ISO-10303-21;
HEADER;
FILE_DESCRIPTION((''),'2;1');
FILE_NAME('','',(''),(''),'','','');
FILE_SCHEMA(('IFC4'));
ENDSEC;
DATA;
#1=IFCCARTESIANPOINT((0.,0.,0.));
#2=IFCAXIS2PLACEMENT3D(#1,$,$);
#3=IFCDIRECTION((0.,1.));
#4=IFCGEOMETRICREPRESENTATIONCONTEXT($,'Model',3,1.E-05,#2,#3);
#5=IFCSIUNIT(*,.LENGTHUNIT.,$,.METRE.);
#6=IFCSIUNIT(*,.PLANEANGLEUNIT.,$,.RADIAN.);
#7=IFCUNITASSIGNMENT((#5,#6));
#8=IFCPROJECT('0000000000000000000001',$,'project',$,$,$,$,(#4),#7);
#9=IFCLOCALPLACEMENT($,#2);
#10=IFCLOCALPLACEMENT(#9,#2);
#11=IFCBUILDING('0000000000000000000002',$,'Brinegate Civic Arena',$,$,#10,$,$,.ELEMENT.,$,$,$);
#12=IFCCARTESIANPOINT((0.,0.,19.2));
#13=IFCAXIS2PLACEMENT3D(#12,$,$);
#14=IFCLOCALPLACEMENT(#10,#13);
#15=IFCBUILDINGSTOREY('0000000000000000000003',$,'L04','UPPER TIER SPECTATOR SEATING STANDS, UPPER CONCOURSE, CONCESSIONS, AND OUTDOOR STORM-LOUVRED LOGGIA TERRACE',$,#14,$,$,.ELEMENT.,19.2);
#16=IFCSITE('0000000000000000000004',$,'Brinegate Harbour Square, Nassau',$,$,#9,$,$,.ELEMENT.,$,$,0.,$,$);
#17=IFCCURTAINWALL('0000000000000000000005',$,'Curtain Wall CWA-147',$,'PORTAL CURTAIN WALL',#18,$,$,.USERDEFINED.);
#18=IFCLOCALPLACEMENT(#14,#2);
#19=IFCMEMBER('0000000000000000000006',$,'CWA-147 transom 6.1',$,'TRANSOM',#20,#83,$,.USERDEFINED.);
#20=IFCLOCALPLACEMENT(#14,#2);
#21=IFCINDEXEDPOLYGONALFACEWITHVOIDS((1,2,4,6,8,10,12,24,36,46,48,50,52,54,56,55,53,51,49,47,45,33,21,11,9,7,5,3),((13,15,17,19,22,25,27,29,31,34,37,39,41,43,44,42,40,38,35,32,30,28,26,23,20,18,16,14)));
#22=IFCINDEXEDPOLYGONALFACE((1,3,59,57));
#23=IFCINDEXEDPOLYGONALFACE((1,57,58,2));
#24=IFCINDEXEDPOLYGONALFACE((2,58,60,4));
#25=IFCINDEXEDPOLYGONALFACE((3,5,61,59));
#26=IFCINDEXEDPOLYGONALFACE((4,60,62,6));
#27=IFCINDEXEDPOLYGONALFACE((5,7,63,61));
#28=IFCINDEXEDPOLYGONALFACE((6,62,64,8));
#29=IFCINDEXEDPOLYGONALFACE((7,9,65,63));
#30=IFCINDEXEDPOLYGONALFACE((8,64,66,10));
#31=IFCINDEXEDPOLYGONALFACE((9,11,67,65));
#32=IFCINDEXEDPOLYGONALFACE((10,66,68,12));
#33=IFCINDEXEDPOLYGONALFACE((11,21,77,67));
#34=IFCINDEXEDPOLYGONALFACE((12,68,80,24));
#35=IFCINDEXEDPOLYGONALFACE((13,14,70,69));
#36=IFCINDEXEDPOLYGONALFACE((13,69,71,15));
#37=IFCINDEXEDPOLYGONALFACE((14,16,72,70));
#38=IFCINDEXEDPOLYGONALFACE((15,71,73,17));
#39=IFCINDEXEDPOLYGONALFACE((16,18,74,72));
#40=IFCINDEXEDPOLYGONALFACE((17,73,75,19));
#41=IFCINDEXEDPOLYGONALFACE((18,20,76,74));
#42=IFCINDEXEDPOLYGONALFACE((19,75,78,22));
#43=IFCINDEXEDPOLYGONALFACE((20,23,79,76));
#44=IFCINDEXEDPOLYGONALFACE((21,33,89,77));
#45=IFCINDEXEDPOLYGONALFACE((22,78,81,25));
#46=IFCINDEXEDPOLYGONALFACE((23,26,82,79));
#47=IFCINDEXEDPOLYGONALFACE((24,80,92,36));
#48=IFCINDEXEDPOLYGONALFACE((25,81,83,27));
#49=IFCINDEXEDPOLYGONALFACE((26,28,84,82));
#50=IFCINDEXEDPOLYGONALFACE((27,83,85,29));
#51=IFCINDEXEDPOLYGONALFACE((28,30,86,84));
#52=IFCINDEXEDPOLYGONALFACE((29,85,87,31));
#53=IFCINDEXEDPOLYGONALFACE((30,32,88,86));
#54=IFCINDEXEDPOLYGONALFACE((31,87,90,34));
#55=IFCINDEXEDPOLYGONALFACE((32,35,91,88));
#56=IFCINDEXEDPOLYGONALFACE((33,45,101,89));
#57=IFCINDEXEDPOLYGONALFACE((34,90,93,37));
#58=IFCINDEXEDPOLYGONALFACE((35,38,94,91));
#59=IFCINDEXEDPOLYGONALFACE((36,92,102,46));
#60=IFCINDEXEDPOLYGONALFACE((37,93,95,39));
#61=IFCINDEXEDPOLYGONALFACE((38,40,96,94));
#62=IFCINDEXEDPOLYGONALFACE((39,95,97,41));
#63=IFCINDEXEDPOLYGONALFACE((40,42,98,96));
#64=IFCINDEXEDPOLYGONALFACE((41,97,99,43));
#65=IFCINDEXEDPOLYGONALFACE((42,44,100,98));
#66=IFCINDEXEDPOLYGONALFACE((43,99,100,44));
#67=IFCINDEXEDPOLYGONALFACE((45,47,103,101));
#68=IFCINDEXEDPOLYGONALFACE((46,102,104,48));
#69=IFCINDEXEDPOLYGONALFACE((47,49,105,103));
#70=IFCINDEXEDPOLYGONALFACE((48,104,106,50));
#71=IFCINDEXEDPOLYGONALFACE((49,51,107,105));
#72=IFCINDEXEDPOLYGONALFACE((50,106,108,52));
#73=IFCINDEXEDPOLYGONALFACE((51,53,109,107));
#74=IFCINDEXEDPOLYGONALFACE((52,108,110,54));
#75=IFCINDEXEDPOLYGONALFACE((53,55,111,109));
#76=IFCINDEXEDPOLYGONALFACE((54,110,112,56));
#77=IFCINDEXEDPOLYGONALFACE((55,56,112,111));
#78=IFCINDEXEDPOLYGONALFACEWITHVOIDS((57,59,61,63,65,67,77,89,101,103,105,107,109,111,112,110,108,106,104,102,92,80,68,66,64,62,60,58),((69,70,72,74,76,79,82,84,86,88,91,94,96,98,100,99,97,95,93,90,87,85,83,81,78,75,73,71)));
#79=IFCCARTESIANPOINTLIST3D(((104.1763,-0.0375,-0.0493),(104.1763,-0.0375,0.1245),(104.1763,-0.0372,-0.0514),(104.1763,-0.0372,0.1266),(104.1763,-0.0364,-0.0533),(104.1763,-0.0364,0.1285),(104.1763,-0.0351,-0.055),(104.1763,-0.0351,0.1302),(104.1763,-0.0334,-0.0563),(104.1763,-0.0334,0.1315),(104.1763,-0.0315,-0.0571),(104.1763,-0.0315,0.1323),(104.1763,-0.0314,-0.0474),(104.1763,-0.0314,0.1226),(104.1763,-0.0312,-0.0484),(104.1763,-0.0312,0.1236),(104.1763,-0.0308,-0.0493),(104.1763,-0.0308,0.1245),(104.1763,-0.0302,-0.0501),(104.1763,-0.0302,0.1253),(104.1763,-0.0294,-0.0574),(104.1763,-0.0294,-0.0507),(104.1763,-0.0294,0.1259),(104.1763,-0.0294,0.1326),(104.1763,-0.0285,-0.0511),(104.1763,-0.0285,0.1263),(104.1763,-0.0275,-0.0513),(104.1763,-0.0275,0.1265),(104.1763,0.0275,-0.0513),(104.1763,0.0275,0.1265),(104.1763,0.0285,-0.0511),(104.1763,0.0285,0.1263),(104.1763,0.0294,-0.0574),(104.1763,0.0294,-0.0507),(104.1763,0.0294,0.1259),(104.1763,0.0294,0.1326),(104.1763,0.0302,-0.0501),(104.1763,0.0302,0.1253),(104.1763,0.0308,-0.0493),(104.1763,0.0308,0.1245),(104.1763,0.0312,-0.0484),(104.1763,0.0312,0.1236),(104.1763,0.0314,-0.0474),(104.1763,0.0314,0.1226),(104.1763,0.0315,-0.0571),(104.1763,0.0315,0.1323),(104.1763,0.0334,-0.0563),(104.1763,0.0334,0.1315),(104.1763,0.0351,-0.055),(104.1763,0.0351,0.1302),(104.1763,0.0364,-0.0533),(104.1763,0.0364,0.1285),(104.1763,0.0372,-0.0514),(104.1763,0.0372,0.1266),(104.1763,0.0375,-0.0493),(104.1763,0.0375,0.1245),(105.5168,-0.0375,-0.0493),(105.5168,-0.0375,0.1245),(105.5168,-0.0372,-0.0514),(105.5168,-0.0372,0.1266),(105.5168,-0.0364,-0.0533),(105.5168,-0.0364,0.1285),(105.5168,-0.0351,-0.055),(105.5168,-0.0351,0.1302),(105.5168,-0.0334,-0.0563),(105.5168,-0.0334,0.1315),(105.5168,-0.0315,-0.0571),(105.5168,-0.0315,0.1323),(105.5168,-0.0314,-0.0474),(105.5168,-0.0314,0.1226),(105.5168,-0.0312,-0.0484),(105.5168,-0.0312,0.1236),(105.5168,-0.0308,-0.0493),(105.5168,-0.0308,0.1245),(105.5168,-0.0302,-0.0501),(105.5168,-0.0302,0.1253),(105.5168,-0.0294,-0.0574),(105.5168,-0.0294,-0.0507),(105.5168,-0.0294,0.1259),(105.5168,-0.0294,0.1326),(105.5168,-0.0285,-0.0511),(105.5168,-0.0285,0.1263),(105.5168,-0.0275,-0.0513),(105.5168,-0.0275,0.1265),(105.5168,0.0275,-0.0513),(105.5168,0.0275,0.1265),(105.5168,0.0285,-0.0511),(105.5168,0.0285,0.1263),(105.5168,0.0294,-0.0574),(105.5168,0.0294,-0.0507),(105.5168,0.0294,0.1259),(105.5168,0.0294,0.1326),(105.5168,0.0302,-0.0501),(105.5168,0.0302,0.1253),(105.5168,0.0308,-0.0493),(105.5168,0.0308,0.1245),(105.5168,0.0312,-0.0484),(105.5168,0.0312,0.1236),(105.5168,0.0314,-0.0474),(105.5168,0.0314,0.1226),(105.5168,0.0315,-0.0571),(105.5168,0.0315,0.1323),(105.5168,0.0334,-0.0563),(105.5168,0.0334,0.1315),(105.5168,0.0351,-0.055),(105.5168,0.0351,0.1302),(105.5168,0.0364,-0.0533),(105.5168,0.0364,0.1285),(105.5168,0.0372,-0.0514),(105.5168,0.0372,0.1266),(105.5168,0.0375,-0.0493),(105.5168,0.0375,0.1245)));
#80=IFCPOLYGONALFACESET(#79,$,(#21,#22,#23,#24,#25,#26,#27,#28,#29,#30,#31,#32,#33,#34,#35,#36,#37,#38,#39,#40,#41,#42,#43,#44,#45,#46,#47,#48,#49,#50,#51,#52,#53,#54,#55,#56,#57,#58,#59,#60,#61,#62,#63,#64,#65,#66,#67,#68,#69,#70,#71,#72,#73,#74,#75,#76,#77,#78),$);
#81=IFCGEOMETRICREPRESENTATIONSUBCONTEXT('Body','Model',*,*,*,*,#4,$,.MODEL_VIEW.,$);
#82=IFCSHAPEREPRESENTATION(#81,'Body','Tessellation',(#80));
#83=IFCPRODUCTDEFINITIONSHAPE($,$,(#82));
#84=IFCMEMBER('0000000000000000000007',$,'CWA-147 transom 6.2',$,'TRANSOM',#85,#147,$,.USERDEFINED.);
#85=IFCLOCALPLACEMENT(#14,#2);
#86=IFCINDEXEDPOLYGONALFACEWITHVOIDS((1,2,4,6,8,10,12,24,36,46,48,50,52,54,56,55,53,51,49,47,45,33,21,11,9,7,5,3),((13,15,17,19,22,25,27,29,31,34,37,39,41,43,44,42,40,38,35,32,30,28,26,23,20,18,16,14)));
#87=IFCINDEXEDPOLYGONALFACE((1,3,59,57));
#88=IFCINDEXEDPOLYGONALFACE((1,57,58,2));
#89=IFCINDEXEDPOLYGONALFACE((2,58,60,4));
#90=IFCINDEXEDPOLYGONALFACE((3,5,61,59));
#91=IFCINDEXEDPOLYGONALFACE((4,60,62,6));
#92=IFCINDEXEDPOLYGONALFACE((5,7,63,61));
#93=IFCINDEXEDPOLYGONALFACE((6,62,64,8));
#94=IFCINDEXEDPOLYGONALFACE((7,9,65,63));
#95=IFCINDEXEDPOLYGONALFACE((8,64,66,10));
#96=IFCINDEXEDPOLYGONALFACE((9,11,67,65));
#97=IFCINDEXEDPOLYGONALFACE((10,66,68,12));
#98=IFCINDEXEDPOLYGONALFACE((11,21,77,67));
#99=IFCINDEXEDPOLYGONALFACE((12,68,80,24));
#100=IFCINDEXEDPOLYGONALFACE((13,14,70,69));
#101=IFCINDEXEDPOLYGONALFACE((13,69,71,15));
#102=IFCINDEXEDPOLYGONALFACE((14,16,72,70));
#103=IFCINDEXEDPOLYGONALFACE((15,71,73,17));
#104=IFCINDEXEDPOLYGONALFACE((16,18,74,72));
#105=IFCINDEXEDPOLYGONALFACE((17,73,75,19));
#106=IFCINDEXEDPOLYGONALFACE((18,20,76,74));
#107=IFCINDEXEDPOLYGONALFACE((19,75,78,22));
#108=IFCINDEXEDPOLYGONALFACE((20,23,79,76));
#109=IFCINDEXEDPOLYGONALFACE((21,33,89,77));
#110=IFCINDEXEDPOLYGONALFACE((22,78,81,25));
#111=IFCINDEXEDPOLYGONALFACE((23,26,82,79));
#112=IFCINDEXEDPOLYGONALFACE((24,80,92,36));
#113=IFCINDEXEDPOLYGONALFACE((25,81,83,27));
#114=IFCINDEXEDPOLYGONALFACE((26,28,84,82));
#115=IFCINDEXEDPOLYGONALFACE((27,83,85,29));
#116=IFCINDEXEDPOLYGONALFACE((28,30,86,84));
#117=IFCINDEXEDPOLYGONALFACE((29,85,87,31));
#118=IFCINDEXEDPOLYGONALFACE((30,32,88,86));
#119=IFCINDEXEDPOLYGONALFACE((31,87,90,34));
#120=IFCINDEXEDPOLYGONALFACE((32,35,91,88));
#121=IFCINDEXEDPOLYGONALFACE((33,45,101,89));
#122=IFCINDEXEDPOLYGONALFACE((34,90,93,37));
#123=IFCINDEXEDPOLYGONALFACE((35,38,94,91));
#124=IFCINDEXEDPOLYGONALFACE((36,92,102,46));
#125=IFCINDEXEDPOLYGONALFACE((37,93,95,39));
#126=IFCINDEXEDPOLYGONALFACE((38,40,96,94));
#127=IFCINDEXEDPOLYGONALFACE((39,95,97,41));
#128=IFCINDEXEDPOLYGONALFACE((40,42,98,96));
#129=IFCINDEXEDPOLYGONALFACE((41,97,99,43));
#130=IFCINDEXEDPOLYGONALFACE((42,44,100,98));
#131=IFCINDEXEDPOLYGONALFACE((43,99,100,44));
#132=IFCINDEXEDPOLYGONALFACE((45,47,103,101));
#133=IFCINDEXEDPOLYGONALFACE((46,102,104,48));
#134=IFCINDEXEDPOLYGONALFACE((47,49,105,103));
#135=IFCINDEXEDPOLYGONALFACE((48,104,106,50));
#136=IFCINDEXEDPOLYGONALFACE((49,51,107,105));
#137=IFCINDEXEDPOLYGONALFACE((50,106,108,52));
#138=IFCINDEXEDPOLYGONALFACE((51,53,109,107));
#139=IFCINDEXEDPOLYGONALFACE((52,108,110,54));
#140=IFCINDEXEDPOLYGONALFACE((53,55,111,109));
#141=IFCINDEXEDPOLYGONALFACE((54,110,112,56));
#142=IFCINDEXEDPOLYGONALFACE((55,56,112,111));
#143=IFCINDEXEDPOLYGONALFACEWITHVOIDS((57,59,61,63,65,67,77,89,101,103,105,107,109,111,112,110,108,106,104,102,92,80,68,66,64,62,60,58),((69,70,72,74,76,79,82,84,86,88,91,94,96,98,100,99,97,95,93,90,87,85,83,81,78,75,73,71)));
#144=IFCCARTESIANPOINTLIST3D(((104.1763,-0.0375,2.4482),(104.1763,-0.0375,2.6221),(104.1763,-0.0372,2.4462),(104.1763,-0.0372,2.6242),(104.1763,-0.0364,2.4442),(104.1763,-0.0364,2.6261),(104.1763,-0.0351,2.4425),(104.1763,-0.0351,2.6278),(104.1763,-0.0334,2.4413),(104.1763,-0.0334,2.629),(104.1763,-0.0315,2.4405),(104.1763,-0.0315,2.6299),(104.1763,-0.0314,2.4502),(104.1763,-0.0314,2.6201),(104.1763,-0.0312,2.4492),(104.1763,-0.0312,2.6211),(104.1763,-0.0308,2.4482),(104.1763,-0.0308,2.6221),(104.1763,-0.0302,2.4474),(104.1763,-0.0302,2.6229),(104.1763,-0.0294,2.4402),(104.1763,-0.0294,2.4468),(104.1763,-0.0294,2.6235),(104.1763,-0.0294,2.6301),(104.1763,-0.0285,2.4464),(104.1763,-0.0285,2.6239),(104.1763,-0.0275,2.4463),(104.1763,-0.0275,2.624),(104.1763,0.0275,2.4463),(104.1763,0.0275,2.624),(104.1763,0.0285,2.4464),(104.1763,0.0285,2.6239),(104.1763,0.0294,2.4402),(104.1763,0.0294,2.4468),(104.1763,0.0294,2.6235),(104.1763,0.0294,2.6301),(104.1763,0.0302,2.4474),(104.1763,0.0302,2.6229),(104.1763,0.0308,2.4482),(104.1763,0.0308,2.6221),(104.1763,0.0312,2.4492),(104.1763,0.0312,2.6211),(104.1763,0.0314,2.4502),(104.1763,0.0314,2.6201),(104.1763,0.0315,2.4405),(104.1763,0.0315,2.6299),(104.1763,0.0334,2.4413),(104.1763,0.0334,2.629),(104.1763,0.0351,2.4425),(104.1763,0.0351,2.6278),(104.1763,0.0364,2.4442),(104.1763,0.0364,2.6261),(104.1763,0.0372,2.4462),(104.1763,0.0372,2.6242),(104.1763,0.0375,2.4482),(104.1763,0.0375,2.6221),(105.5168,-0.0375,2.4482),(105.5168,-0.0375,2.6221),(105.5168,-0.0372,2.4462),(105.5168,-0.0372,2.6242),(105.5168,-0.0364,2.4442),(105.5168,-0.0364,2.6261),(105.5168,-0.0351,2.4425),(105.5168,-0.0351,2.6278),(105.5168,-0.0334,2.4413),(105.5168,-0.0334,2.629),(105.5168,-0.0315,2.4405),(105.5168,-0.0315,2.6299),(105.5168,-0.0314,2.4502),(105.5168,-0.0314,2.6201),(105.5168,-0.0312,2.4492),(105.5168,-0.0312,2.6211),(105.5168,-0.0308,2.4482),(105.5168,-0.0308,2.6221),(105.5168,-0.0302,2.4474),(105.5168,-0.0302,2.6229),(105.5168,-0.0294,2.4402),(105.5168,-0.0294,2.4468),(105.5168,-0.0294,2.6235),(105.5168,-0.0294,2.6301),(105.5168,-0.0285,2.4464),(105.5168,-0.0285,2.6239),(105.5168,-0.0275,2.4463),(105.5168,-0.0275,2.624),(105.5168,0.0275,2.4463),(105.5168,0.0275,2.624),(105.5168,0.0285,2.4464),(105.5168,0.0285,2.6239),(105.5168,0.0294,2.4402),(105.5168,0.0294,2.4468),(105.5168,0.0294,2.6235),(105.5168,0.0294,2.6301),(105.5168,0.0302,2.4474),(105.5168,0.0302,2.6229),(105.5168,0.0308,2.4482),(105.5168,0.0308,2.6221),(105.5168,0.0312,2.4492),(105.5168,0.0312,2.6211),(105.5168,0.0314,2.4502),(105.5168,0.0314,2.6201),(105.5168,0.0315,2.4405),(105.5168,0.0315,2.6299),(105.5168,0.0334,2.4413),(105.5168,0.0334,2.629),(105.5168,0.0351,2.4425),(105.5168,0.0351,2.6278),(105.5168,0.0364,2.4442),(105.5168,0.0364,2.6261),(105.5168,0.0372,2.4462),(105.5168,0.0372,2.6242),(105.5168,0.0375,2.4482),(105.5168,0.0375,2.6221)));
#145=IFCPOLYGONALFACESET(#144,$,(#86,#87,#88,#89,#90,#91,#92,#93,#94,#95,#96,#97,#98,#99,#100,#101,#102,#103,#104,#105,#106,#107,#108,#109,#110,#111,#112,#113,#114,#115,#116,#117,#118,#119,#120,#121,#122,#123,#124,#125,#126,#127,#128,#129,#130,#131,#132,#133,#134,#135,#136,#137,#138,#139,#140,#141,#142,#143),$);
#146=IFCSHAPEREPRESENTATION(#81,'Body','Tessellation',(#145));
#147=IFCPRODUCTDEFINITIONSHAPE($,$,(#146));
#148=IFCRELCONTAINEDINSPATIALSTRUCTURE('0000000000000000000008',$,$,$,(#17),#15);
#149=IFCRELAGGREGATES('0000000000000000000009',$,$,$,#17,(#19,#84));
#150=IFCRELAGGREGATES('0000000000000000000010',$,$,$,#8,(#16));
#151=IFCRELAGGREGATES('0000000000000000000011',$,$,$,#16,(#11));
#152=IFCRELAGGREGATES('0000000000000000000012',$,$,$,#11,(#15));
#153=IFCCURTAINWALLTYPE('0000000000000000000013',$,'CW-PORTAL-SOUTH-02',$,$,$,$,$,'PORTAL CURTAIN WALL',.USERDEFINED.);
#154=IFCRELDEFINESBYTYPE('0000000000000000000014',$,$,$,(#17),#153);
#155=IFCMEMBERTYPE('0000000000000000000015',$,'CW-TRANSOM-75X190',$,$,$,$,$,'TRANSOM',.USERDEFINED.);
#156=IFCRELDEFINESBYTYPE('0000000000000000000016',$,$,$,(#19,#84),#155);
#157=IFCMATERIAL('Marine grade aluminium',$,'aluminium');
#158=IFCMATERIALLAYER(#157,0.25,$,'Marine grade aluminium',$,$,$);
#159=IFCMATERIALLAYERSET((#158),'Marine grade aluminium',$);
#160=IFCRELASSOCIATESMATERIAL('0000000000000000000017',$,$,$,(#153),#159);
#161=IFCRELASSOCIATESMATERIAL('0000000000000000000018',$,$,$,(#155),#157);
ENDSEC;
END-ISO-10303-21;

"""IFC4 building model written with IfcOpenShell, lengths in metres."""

from ifc_helpers import new_model, si_unit, direction, frame, origin, origin_2d, place, context, subcontext, project, spatial, hollow_rectangle, extrude, material, layer, layer_set, material_profile, profile_set, type_object, element, aggregate, save


model = new_model("IFC4")

# Units and contexts
model_context = context("Model", 3, precision=1e-05, world=origin(), true_north=direction((0.0, 1.0)))
body_context = subcontext(model_context, "Body", "Model", "MODEL_VIEW")
ifc_project = project(units=[si_unit("LENGTHUNIT", "METRE"), si_unit("PLANEANGLEUNIT", "RADIAN")], contexts=[model_context])

# Site, building, storey
site_placement = place(None, origin())
site = spatial("IfcSite", under=ifc_project, at=site_placement, Name="Brinegate Harbour Square, Nassau", CompositionType="ELEMENT", RefElevation=0.0)
building_placement = place(site_placement, origin())
building = spatial("IfcBuilding", under=site, at=building_placement, Name="Brinegate Civic Arena", CompositionType="ELEMENT")
storey_placement = place(building_placement, frame((0.0, 0.0, 19.2)))
storey = spatial("IfcBuildingStorey", under=building, at=storey_placement, Name="L04", Description="UPPER TIER SPECTATOR SEATING STANDS, UPPER CONCOURSE, CONCESSIONS, AND OUTDOOR STORM-LOUVRED LOGGIA TERRACE", CompositionType="ELEMENT", Elevation=19.2)

# Curtain wall, members
ifc_material_1 = material(Name="Marine grade aluminium", Category="aluminium")
ifc_layer_1 = layer(ifc_material_1, 0.25, Name="Marine grade aluminium")
ifc_layer_set_1 = layer_set([ifc_layer_1], Name="Marine grade aluminium")
curtain_wall_type = type_object("IfcCurtainWallType", Name="CW-PORTAL-SOUTH-02", ElementType="PORTAL CURTAIN WALL", PredefinedType="USERDEFINED", material=ifc_layer_set_1)
curtain_wall_placement = place(storey_placement, origin())
curtain_wall = element("IfcCurtainWall", 1, at=curtain_wall_placement, inside=storey, type_object=curtain_wall_type, Name="Curtain Wall CWA-147", ObjectType="PORTAL CURTAIN WALL", PredefinedType="USERDEFINED")
ifc_material_profile_1 = material_profile(ifc_material_1, hollow_rectangle(XDim=0.075, YDim=0.1899, WallThickness=0.0061, InnerFilletRadius=0.0039, OuterFilletRadius=0.0081, at=origin_2d()), Name="TRN75X190")
ifc_profile_set_1 = profile_set([ifc_material_profile_1], Name="Marine grade aluminium")
member_type_1 = type_object("IfcMemberType", Name="CW-TRANSOM-75X190", ElementType="TRANSOM", PredefinedType="USERDEFINED", material=ifc_profile_set_1)
member_1_placement = place(storey_placement, frame((104.1763, 0.0, 0.0376), z_axis=(1.0, 0.0, 0.0), x_axis=(0.0, 1.0, 0.0)))
member_1 = element("IfcMember", 2, at=member_1_placement, type_object=member_type_1, Name="CWA-147 transom 6.1", ObjectType="TRANSOM", PredefinedType="USERDEFINED", context=body_context, shape_type="SweptSolid", body=[
    extrude(hollow_rectangle(XDim=0.075, YDim=0.1899, WallThickness=0.0061, InnerFilletRadius=0.0039, OuterFilletRadius=0.0081, at=origin_2d()), origin(), (0.0, 0.0, 1.0), 1.3406),
])
member_2_placement = place(storey_placement, frame((104.1763, 0.0, 2.5352), z_axis=(1.0, 0.0, 0.0), x_axis=(0.0, 1.0, 0.0)))
member_2 = element("IfcMember", 3, at=member_2_placement, type_object=member_type_1, Name="CWA-147 transom 6.2", ObjectType="TRANSOM", PredefinedType="USERDEFINED", context=body_context, shape_type="SweptSolid", body=[
    extrude(hollow_rectangle(XDim=0.075, YDim=0.1899, WallThickness=0.0061, InnerFilletRadius=0.0039, OuterFilletRadius=0.0081, at=origin_2d()), origin(), (0.0, 0.0, 1.0), 1.3406),
])

aggregate(curtain_wall, [member_1, member_2])

save(model, "model.ifc")
